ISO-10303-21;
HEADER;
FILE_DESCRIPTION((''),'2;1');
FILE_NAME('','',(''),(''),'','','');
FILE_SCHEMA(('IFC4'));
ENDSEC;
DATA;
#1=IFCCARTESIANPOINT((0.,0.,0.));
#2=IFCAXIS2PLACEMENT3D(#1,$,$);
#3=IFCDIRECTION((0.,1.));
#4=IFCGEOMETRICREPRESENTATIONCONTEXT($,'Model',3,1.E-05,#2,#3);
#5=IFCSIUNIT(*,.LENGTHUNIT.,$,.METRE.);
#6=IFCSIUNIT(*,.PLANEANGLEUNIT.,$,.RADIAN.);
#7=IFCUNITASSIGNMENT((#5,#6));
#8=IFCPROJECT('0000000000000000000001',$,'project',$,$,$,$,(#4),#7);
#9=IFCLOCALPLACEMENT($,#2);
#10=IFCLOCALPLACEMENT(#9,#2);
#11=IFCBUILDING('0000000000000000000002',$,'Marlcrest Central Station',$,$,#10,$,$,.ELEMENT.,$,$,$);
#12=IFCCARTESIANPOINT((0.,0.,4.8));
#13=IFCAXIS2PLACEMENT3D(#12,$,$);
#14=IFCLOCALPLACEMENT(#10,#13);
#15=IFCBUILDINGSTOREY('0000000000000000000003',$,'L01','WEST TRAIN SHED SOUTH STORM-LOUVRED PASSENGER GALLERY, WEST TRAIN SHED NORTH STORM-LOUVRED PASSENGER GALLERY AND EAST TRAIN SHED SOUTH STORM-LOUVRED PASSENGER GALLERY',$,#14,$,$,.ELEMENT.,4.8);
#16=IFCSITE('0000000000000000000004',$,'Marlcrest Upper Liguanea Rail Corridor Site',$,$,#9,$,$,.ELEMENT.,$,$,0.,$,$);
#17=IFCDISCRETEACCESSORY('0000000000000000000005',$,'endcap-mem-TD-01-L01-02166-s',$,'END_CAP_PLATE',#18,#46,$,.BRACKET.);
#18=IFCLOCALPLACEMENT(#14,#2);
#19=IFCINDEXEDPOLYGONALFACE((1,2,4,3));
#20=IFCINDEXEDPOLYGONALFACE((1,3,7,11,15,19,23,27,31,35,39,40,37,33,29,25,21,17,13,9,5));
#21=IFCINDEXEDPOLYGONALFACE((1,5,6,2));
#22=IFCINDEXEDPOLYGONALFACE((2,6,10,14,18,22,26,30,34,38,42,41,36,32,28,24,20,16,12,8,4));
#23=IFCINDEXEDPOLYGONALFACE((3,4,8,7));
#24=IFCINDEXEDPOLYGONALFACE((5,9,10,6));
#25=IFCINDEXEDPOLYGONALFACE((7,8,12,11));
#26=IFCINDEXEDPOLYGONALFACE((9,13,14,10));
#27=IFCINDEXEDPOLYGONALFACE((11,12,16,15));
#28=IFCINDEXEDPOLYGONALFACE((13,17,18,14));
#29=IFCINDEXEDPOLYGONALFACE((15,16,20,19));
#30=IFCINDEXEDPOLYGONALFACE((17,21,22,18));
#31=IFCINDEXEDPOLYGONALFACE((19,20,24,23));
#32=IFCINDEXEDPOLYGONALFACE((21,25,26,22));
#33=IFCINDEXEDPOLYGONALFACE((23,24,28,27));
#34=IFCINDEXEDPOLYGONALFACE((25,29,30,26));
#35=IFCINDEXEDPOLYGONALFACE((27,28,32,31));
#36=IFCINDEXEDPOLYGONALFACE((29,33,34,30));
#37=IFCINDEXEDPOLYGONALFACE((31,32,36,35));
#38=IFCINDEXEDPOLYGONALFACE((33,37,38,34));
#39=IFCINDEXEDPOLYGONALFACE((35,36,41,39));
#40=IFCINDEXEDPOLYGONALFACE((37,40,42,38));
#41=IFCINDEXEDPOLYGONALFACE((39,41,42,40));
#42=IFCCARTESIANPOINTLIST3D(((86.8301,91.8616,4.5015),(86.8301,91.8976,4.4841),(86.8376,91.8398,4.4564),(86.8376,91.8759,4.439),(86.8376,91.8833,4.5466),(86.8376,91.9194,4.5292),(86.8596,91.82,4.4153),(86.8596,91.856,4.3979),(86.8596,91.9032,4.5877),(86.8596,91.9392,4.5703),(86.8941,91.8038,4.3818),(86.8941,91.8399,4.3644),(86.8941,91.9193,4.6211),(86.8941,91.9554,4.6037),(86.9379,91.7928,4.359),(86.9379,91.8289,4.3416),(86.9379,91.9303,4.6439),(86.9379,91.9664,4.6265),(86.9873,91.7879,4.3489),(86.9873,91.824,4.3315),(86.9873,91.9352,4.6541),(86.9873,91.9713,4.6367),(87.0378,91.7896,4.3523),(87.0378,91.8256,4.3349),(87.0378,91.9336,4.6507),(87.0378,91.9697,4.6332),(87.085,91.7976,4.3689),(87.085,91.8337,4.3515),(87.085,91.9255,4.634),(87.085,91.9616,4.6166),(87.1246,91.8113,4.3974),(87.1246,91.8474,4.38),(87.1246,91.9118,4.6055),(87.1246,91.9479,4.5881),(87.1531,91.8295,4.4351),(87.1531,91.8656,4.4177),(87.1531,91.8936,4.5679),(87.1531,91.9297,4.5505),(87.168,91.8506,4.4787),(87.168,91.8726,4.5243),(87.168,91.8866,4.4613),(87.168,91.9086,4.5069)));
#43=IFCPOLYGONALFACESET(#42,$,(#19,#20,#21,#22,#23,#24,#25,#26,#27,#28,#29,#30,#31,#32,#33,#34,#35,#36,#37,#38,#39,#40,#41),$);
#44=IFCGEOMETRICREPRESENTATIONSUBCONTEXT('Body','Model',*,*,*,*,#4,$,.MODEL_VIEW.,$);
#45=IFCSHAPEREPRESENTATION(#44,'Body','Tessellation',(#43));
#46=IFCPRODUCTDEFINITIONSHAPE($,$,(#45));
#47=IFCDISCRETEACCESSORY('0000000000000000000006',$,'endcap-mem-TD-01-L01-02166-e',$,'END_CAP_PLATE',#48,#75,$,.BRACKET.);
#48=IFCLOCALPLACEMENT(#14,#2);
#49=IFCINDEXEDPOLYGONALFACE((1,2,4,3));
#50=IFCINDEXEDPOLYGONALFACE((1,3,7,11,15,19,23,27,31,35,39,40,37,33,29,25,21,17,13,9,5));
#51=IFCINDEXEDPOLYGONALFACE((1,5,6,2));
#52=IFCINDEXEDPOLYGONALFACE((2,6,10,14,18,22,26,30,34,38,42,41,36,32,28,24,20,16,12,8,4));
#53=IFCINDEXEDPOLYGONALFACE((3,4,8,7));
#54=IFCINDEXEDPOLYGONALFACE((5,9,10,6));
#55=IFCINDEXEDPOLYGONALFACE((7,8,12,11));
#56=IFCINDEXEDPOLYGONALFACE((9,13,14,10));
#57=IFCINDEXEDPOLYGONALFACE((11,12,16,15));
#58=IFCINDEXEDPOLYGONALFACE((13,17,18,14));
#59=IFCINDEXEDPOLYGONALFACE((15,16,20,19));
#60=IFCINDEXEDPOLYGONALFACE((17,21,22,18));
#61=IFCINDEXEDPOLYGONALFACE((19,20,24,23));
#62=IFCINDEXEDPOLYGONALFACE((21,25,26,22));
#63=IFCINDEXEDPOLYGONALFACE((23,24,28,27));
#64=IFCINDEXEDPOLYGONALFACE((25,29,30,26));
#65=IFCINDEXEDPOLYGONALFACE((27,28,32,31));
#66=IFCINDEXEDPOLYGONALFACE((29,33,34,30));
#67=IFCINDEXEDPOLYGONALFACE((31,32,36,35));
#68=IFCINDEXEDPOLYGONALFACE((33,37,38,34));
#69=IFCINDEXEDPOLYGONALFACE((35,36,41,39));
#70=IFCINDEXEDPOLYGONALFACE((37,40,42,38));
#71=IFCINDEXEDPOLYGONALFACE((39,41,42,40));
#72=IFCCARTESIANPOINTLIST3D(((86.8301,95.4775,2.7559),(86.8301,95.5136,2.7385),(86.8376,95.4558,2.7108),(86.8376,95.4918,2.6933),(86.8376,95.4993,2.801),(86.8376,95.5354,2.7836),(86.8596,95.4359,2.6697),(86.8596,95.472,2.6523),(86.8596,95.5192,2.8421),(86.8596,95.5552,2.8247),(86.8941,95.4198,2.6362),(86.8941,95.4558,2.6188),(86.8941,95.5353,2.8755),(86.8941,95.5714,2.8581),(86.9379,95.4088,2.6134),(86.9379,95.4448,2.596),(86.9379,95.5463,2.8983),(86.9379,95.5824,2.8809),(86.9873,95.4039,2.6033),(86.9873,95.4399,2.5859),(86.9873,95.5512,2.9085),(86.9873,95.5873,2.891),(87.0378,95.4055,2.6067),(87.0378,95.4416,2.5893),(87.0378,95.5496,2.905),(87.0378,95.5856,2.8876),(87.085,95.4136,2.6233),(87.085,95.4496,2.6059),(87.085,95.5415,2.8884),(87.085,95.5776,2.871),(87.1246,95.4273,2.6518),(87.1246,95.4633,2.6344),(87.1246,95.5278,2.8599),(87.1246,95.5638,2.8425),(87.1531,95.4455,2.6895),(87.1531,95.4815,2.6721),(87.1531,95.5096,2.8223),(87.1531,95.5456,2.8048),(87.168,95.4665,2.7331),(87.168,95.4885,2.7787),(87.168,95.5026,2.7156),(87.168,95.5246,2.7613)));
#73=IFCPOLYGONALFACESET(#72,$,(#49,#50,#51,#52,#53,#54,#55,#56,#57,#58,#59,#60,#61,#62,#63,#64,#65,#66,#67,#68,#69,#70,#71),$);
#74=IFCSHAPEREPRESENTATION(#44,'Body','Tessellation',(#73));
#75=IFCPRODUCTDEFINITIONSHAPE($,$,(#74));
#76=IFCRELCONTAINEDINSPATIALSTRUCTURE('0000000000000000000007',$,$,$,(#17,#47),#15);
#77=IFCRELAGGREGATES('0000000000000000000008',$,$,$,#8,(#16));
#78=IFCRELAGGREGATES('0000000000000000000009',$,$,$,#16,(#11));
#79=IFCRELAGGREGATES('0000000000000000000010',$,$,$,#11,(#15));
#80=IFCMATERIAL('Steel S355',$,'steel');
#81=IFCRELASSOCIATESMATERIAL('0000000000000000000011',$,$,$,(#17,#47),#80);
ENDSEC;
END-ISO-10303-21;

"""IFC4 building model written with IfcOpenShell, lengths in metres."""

from ifc_helpers import new_model, si_unit, direction, frame, origin, origin_2d, place, context, subcontext, project, spatial, circle, extrude, material, element, save


model = new_model("IFC4")

# Units and contexts
model_context = context("Model", 3, precision=1e-05, world=origin(), true_north=direction((0.0, 1.0)))
body_context = subcontext(model_context, "Body", "Model", "MODEL_VIEW")
ifc_project = project(units=[si_unit("LENGTHUNIT", "METRE"), si_unit("PLANEANGLEUNIT", "RADIAN")], contexts=[model_context])

# Site, building, storey
site_placement = place(None, origin())
site = spatial("IfcSite", under=ifc_project, at=site_placement, Name="Marlcrest Upper Liguanea Rail Corridor Site", CompositionType="ELEMENT", RefElevation=0.0)
building_placement = place(site_placement, origin())
building = spatial("IfcBuilding", under=site, at=building_placement, Name="Marlcrest Central Station", CompositionType="ELEMENT")
storey_placement = place(building_placement, frame((0.0, 0.0, 4.8)))
storey = spatial("IfcBuildingStorey", under=building, at=storey_placement, Name="L01", Description="WEST TRAIN SHED SOUTH STORM-LOUVRED PASSENGER GALLERY, WEST TRAIN SHED NORTH STORM-LOUVRED PASSENGER GALLERY AND EAST TRAIN SHED SOUTH STORM-LOUVRED PASSENGER GALLERY", CompositionType="ELEMENT", Elevation=4.8)

# Shared definitions
ifc_material_1 = material(Name="Steel S355", Category="steel")

# Discrete accessories
for number, where, z_axis, x_axis, name in (
    (1, (87.0, 91.8616, 4.5015), (0.0, 0.900552, -0.434749), (-1.0, 0.0, 0.0), "endcap-mem-TD-01-L01-02166-s"),
    (2, (87.0, 95.4775, 2.7559), (0.0, 0.900552, -0.434749), (-1.0, 0.0, 0.0), "endcap-mem-TD-01-L01-02166-e"),
):
    element("IfcDiscreteAccessory", number, at=place(storey_placement, frame(where, z_axis=z_axis, x_axis=x_axis)), inside=storey, material=ifc_material_1, Name=name, ObjectType="END_CAP_PLATE", PredefinedType="BRACKET", context=body_context, shape_type="SweptSolid", body=[
        extrude(circle(Radius=0.1699, at=origin_2d()), origin(), (0.0, 0.0, 1.0), 0.04),
    ])

save(model, "model.ifc")
